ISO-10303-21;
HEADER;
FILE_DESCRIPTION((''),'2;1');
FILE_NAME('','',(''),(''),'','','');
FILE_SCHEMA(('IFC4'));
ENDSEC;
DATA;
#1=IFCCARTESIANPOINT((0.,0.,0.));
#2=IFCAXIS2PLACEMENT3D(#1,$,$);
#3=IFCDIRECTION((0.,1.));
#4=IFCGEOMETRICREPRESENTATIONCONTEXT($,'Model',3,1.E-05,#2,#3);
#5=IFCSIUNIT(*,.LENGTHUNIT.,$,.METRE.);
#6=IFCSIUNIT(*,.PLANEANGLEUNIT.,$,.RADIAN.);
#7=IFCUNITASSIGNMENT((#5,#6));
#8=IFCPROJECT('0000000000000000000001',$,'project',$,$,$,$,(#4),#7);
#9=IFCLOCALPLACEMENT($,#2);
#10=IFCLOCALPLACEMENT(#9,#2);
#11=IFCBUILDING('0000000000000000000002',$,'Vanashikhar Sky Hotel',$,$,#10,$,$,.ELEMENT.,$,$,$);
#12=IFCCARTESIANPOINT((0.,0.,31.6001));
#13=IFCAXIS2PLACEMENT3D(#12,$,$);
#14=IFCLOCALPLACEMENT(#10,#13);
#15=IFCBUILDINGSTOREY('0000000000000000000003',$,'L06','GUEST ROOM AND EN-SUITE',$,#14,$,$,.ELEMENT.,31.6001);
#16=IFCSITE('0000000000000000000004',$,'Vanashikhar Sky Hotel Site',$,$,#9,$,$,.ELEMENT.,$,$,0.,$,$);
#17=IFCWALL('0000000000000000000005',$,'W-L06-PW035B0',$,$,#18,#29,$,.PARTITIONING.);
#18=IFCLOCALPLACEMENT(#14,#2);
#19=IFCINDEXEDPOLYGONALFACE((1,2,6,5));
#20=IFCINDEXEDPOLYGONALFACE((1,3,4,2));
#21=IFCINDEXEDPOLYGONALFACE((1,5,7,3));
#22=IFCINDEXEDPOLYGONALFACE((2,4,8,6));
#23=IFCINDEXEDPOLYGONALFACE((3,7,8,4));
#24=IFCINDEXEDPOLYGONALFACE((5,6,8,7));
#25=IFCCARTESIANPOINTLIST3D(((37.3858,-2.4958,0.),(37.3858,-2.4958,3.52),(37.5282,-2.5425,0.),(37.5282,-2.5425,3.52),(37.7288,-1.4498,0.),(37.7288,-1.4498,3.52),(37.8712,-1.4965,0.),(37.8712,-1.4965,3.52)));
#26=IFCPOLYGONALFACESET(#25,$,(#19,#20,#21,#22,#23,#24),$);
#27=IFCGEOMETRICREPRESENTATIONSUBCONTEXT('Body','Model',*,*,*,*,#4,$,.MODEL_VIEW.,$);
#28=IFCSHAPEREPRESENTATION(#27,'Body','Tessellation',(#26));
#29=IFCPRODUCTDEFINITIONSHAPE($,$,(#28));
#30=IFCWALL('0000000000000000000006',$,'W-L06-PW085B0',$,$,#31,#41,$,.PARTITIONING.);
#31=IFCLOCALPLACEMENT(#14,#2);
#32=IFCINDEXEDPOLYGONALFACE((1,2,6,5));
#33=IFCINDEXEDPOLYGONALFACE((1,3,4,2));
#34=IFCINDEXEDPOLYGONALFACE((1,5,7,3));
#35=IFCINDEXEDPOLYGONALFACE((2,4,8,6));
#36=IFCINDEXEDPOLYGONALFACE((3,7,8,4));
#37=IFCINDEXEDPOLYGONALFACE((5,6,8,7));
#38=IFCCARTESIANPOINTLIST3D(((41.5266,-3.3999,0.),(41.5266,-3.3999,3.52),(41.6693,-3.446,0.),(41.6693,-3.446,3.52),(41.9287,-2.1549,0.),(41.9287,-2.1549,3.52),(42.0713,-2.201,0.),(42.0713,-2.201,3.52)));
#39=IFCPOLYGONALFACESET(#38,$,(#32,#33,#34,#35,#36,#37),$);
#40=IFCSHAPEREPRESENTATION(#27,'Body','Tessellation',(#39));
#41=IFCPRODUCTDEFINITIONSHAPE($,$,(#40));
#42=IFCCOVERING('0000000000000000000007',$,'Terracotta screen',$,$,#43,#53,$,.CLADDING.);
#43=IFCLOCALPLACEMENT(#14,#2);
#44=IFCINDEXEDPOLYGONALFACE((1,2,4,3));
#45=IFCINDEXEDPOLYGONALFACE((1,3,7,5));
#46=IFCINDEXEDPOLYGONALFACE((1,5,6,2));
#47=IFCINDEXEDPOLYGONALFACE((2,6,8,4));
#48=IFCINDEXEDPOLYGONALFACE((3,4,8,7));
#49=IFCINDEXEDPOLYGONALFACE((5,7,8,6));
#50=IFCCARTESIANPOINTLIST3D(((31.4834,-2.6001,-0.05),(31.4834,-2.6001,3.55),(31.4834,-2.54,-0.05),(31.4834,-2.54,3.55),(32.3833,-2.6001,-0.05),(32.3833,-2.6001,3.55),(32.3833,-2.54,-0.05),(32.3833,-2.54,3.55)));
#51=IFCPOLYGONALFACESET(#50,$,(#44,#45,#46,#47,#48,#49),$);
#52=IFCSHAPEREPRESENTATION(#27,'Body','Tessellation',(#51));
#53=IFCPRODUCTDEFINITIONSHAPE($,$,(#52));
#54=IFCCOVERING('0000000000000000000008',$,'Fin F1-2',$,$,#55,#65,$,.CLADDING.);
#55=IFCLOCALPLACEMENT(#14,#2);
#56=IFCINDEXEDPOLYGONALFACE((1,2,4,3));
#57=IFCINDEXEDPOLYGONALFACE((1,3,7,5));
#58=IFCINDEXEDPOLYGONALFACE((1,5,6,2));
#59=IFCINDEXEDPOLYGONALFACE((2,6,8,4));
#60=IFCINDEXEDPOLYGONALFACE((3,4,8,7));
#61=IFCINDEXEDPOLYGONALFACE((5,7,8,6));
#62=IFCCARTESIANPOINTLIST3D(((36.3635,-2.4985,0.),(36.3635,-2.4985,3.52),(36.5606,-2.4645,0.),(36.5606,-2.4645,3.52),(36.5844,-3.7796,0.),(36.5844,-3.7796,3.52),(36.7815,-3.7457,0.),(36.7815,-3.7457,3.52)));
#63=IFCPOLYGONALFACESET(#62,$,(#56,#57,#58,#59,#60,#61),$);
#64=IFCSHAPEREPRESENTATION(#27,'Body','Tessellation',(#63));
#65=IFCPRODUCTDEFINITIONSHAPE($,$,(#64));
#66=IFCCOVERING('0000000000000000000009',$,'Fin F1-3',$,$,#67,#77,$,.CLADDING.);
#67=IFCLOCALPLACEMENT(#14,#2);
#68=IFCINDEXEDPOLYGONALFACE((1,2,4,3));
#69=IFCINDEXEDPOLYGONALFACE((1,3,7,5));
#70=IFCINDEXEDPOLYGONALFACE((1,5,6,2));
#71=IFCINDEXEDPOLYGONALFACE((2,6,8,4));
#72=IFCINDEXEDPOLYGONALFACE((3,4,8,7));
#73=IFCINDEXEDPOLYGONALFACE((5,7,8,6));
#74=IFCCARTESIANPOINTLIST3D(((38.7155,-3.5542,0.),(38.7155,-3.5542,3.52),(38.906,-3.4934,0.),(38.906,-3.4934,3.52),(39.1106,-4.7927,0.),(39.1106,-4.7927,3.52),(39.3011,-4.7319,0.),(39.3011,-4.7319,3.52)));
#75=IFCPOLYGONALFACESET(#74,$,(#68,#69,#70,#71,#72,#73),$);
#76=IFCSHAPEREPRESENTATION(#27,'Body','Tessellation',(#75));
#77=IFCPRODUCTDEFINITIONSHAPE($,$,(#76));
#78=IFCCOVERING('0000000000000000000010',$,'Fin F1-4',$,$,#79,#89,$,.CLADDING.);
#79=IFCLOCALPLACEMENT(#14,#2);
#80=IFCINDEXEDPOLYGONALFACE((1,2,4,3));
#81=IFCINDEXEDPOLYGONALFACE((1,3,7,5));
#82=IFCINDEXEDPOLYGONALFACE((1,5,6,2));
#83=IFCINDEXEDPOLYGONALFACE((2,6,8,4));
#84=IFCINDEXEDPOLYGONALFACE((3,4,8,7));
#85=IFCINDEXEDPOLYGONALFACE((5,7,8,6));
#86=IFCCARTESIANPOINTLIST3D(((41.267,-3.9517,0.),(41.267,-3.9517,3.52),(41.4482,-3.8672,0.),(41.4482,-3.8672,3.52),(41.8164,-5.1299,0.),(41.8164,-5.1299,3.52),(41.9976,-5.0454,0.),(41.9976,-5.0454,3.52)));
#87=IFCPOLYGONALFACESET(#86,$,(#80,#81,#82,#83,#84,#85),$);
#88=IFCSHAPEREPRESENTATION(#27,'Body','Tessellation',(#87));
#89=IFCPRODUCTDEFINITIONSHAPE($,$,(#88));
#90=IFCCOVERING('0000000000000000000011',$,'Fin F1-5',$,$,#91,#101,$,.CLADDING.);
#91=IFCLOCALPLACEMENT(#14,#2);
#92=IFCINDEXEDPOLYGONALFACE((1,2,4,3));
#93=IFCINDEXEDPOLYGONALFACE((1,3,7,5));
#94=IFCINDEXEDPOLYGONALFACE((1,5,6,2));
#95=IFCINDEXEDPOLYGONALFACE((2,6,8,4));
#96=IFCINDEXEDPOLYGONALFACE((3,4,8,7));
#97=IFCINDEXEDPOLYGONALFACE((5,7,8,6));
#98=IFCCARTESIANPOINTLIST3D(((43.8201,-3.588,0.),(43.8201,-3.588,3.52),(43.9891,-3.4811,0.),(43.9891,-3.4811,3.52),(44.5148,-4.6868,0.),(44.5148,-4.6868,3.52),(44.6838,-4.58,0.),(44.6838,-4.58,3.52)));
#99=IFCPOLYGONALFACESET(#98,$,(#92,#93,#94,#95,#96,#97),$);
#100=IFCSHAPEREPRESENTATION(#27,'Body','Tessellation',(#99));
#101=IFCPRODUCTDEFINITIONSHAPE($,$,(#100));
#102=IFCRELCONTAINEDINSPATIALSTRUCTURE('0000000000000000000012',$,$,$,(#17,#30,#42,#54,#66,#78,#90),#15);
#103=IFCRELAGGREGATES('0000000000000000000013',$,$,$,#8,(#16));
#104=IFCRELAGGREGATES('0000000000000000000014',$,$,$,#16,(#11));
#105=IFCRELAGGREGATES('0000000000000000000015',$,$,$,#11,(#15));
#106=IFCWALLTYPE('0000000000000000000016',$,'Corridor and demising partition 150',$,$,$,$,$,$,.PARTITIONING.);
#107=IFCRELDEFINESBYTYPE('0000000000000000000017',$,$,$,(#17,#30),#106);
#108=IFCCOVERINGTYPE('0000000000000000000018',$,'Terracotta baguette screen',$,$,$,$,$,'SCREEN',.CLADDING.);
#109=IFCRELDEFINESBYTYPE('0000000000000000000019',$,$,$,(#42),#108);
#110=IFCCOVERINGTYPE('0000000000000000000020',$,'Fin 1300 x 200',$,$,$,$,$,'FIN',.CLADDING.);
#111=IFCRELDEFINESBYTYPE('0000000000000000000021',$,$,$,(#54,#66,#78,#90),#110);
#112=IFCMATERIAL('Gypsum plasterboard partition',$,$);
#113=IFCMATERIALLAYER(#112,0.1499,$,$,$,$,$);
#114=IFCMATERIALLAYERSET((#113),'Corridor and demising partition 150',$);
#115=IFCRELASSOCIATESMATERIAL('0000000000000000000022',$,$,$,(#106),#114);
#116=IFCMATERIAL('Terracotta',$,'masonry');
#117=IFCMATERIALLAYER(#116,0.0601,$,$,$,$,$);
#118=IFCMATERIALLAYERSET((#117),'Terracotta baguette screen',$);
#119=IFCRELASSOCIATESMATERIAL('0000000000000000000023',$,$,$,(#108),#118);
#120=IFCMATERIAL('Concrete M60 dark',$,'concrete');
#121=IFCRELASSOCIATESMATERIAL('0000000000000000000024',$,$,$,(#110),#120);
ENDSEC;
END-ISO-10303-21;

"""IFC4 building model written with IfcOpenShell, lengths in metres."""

from ifc_helpers import new_model, si_unit, direction, frame, frame_2d, origin, origin_2d, place, context, subcontext, project, spatial, rectangle, extrude, source, transform, mapped, material, layer, layer_set, material_profile, profile_set, type_object, element, save


model = new_model("IFC4")

# Units and contexts
model_context = context("Model", 3, precision=1e-05, world=origin(), true_north=direction((0.0, 1.0)))
body_context = subcontext(model_context, "Body", "Model", "MODEL_VIEW")
ifc_project = project(units=[si_unit("LENGTHUNIT", "METRE"), si_unit("PLANEANGLEUNIT", "RADIAN")], contexts=[model_context])

# Site, building, storey
site_placement = place(None, origin())
site = spatial("IfcSite", under=ifc_project, at=site_placement, Name="Vanashikhar Sky Hotel Site", CompositionType="ELEMENT", RefElevation=0.0)
building_placement = place(site_placement, origin())
building = spatial("IfcBuilding", under=site, at=building_placement, Name="Vanashikhar Sky Hotel", CompositionType="ELEMENT")
storey_placement = place(building_placement, frame((0.0, 0.0, 31.6001)))
storey = spatial("IfcBuildingStorey", under=building, at=storey_placement, Name="L06", Description="GUEST ROOM AND EN-SUITE", CompositionType="ELEMENT", Elevation=31.6001)

# Walls
ifc_material_1 = material(Name="Gypsum plasterboard partition")
ifc_layer_1 = layer(ifc_material_1, 0.1499)
ifc_layer_set_1 = layer_set([ifc_layer_1], Name="Corridor and demising partition 150")
wall_type_1 = type_object("IfcWallType", Name="Corridor and demising partition 150", PredefinedType="PARTITIONING", material=ifc_layer_set_1)
shared_shape_1 = source(origin(), body_context, "Body", "SweptSolid", [
    extrude(rectangle(XDim=1.1008, YDim=0.1499, at=frame_2d((0.5503, 0.0))), origin(), (0.0, 0.0, 1.0), 3.52),
])
wall_1_placement = place(storey_placement, frame((37.457, -2.519, 0.0), z_axis=(0.0, 0.0, 1.0), x_axis=(0.311567, 0.950224, 0.0)))
element("IfcWall", 1, at=wall_1_placement, inside=storey, type_object=wall_type_1, Name="W-L06-PW035B0", PredefinedType="PARTITIONING", context=body_context, shape_type="MappedRepresentation", body=[
    mapped(shared_shape_1, transform((0.0, 0.0, 0.0), scale=1.0)),
])
shared_shape_2 = source(origin(), body_context, "Body", "SweptSolid", [
    extrude(rectangle(XDim=1.3083, YDim=0.1499, at=frame_2d((0.6543, 0.0))), origin(), (0.0, 0.0, 1.0), 3.52),
])
wall_2_placement = place(storey_placement, frame((41.5979, -3.4231, 0.0), z_axis=(0.0, 0.0, 1.0), x_axis=(0.307314, 0.951608, 0.0)))
element("IfcWall", 2, at=wall_2_placement, inside=storey, type_object=wall_type_1, Name="W-L06-PW085B0", PredefinedType="PARTITIONING", context=body_context, shape_type="MappedRepresentation", body=[
    mapped(shared_shape_2, transform((0.0, 0.0, 0.0), scale=1.0)),
])

# Coverings
ifc_material_2 = material(Name="Terracotta", Category="masonry")
ifc_layer_2 = layer(ifc_material_2, 0.0601)
ifc_layer_set_2 = layer_set([ifc_layer_2], Name="Terracotta baguette screen")
covering_type_1 = type_object("IfcCoveringType", Name="Terracotta baguette screen", ElementType="SCREEN", PredefinedType="CLADDING", material=ifc_layer_set_2)
shared_shape_3 = source(origin(), body_context, "Body", "SweptSolid", [
    extrude(rectangle(XDim=0.8999, YDim=0.0601, at=origin_2d()), origin(), (0.0, 0.0, 1.0), 3.6001),
])
covering_placement = place(storey_placement, frame((31.9333, -2.5701, -0.05), z_axis=(0.0, 0.0, 1.0), x_axis=(1.0, 0.0, 0.0)))
element("IfcCovering", 3, at=covering_placement, inside=storey, type_object=covering_type_1, Name="Terracotta screen", PredefinedType="CLADDING", context=body_context, shape_type="MappedRepresentation", body=[
    mapped(shared_shape_3, transform((0.0, 0.0, 0.0), scale=1.0)),
])
ifc_material_3 = material(Name="Concrete M60 dark", Category="concrete")
ifc_material_profile = material_profile(ifc_material_3, rectangle(XDim=1.3, YDim=0.2, at=origin_2d()))
ifc_profile_set = profile_set([ifc_material_profile], Name="Fin 1300 x 200")
covering_type_2 = type_object("IfcCoveringType", Name="Fin 1300 x 200", ElementType="FIN", PredefinedType="CLADDING", material=ifc_profile_set)
shared_shape_4 = source(origin(), body_context, "Body", "SweptSolid", [
    extrude(rectangle(XDim=1.3, YDim=0.2, at=origin_2d()), origin(), (0.0, 0.0, 1.0), 3.52),
])
for number, where, z_axis, x_axis, name in (
    (4, (36.5725, -3.1221, 0.0), (0.0, 0.0, 1.0), (0.1699, -0.985461, 0.0), "Fin F1-2"),
    (5, (39.0083, -4.1431, 0.0), (0.0, 0.0, 1.0), (0.303967, -0.952683, 0.0), "Fin F1-3"),
    (6, (41.6323, -4.4985, 0.0), (0.0, 0.0, 1.0), (0.422618, -0.906308, 0.0), "Fin F1-4"),
    (7, (44.252, -4.084, 0.0), (0.0, 0.0, 1.0), (0.534411, -0.845225, 0.0), "Fin F1-5"),
):
    element("IfcCovering", number, at=place(storey_placement, frame(where, z_axis=z_axis, x_axis=x_axis)), inside=storey, type_object=covering_type_2, Name=name, PredefinedType="CLADDING", context=body_context, shape_type="MappedRepresentation", body=[
        mapped(shared_shape_4, transform((0.0, 0.0, 0.0), scale=1.0)),
    ])

save(model, "model.ifc")
